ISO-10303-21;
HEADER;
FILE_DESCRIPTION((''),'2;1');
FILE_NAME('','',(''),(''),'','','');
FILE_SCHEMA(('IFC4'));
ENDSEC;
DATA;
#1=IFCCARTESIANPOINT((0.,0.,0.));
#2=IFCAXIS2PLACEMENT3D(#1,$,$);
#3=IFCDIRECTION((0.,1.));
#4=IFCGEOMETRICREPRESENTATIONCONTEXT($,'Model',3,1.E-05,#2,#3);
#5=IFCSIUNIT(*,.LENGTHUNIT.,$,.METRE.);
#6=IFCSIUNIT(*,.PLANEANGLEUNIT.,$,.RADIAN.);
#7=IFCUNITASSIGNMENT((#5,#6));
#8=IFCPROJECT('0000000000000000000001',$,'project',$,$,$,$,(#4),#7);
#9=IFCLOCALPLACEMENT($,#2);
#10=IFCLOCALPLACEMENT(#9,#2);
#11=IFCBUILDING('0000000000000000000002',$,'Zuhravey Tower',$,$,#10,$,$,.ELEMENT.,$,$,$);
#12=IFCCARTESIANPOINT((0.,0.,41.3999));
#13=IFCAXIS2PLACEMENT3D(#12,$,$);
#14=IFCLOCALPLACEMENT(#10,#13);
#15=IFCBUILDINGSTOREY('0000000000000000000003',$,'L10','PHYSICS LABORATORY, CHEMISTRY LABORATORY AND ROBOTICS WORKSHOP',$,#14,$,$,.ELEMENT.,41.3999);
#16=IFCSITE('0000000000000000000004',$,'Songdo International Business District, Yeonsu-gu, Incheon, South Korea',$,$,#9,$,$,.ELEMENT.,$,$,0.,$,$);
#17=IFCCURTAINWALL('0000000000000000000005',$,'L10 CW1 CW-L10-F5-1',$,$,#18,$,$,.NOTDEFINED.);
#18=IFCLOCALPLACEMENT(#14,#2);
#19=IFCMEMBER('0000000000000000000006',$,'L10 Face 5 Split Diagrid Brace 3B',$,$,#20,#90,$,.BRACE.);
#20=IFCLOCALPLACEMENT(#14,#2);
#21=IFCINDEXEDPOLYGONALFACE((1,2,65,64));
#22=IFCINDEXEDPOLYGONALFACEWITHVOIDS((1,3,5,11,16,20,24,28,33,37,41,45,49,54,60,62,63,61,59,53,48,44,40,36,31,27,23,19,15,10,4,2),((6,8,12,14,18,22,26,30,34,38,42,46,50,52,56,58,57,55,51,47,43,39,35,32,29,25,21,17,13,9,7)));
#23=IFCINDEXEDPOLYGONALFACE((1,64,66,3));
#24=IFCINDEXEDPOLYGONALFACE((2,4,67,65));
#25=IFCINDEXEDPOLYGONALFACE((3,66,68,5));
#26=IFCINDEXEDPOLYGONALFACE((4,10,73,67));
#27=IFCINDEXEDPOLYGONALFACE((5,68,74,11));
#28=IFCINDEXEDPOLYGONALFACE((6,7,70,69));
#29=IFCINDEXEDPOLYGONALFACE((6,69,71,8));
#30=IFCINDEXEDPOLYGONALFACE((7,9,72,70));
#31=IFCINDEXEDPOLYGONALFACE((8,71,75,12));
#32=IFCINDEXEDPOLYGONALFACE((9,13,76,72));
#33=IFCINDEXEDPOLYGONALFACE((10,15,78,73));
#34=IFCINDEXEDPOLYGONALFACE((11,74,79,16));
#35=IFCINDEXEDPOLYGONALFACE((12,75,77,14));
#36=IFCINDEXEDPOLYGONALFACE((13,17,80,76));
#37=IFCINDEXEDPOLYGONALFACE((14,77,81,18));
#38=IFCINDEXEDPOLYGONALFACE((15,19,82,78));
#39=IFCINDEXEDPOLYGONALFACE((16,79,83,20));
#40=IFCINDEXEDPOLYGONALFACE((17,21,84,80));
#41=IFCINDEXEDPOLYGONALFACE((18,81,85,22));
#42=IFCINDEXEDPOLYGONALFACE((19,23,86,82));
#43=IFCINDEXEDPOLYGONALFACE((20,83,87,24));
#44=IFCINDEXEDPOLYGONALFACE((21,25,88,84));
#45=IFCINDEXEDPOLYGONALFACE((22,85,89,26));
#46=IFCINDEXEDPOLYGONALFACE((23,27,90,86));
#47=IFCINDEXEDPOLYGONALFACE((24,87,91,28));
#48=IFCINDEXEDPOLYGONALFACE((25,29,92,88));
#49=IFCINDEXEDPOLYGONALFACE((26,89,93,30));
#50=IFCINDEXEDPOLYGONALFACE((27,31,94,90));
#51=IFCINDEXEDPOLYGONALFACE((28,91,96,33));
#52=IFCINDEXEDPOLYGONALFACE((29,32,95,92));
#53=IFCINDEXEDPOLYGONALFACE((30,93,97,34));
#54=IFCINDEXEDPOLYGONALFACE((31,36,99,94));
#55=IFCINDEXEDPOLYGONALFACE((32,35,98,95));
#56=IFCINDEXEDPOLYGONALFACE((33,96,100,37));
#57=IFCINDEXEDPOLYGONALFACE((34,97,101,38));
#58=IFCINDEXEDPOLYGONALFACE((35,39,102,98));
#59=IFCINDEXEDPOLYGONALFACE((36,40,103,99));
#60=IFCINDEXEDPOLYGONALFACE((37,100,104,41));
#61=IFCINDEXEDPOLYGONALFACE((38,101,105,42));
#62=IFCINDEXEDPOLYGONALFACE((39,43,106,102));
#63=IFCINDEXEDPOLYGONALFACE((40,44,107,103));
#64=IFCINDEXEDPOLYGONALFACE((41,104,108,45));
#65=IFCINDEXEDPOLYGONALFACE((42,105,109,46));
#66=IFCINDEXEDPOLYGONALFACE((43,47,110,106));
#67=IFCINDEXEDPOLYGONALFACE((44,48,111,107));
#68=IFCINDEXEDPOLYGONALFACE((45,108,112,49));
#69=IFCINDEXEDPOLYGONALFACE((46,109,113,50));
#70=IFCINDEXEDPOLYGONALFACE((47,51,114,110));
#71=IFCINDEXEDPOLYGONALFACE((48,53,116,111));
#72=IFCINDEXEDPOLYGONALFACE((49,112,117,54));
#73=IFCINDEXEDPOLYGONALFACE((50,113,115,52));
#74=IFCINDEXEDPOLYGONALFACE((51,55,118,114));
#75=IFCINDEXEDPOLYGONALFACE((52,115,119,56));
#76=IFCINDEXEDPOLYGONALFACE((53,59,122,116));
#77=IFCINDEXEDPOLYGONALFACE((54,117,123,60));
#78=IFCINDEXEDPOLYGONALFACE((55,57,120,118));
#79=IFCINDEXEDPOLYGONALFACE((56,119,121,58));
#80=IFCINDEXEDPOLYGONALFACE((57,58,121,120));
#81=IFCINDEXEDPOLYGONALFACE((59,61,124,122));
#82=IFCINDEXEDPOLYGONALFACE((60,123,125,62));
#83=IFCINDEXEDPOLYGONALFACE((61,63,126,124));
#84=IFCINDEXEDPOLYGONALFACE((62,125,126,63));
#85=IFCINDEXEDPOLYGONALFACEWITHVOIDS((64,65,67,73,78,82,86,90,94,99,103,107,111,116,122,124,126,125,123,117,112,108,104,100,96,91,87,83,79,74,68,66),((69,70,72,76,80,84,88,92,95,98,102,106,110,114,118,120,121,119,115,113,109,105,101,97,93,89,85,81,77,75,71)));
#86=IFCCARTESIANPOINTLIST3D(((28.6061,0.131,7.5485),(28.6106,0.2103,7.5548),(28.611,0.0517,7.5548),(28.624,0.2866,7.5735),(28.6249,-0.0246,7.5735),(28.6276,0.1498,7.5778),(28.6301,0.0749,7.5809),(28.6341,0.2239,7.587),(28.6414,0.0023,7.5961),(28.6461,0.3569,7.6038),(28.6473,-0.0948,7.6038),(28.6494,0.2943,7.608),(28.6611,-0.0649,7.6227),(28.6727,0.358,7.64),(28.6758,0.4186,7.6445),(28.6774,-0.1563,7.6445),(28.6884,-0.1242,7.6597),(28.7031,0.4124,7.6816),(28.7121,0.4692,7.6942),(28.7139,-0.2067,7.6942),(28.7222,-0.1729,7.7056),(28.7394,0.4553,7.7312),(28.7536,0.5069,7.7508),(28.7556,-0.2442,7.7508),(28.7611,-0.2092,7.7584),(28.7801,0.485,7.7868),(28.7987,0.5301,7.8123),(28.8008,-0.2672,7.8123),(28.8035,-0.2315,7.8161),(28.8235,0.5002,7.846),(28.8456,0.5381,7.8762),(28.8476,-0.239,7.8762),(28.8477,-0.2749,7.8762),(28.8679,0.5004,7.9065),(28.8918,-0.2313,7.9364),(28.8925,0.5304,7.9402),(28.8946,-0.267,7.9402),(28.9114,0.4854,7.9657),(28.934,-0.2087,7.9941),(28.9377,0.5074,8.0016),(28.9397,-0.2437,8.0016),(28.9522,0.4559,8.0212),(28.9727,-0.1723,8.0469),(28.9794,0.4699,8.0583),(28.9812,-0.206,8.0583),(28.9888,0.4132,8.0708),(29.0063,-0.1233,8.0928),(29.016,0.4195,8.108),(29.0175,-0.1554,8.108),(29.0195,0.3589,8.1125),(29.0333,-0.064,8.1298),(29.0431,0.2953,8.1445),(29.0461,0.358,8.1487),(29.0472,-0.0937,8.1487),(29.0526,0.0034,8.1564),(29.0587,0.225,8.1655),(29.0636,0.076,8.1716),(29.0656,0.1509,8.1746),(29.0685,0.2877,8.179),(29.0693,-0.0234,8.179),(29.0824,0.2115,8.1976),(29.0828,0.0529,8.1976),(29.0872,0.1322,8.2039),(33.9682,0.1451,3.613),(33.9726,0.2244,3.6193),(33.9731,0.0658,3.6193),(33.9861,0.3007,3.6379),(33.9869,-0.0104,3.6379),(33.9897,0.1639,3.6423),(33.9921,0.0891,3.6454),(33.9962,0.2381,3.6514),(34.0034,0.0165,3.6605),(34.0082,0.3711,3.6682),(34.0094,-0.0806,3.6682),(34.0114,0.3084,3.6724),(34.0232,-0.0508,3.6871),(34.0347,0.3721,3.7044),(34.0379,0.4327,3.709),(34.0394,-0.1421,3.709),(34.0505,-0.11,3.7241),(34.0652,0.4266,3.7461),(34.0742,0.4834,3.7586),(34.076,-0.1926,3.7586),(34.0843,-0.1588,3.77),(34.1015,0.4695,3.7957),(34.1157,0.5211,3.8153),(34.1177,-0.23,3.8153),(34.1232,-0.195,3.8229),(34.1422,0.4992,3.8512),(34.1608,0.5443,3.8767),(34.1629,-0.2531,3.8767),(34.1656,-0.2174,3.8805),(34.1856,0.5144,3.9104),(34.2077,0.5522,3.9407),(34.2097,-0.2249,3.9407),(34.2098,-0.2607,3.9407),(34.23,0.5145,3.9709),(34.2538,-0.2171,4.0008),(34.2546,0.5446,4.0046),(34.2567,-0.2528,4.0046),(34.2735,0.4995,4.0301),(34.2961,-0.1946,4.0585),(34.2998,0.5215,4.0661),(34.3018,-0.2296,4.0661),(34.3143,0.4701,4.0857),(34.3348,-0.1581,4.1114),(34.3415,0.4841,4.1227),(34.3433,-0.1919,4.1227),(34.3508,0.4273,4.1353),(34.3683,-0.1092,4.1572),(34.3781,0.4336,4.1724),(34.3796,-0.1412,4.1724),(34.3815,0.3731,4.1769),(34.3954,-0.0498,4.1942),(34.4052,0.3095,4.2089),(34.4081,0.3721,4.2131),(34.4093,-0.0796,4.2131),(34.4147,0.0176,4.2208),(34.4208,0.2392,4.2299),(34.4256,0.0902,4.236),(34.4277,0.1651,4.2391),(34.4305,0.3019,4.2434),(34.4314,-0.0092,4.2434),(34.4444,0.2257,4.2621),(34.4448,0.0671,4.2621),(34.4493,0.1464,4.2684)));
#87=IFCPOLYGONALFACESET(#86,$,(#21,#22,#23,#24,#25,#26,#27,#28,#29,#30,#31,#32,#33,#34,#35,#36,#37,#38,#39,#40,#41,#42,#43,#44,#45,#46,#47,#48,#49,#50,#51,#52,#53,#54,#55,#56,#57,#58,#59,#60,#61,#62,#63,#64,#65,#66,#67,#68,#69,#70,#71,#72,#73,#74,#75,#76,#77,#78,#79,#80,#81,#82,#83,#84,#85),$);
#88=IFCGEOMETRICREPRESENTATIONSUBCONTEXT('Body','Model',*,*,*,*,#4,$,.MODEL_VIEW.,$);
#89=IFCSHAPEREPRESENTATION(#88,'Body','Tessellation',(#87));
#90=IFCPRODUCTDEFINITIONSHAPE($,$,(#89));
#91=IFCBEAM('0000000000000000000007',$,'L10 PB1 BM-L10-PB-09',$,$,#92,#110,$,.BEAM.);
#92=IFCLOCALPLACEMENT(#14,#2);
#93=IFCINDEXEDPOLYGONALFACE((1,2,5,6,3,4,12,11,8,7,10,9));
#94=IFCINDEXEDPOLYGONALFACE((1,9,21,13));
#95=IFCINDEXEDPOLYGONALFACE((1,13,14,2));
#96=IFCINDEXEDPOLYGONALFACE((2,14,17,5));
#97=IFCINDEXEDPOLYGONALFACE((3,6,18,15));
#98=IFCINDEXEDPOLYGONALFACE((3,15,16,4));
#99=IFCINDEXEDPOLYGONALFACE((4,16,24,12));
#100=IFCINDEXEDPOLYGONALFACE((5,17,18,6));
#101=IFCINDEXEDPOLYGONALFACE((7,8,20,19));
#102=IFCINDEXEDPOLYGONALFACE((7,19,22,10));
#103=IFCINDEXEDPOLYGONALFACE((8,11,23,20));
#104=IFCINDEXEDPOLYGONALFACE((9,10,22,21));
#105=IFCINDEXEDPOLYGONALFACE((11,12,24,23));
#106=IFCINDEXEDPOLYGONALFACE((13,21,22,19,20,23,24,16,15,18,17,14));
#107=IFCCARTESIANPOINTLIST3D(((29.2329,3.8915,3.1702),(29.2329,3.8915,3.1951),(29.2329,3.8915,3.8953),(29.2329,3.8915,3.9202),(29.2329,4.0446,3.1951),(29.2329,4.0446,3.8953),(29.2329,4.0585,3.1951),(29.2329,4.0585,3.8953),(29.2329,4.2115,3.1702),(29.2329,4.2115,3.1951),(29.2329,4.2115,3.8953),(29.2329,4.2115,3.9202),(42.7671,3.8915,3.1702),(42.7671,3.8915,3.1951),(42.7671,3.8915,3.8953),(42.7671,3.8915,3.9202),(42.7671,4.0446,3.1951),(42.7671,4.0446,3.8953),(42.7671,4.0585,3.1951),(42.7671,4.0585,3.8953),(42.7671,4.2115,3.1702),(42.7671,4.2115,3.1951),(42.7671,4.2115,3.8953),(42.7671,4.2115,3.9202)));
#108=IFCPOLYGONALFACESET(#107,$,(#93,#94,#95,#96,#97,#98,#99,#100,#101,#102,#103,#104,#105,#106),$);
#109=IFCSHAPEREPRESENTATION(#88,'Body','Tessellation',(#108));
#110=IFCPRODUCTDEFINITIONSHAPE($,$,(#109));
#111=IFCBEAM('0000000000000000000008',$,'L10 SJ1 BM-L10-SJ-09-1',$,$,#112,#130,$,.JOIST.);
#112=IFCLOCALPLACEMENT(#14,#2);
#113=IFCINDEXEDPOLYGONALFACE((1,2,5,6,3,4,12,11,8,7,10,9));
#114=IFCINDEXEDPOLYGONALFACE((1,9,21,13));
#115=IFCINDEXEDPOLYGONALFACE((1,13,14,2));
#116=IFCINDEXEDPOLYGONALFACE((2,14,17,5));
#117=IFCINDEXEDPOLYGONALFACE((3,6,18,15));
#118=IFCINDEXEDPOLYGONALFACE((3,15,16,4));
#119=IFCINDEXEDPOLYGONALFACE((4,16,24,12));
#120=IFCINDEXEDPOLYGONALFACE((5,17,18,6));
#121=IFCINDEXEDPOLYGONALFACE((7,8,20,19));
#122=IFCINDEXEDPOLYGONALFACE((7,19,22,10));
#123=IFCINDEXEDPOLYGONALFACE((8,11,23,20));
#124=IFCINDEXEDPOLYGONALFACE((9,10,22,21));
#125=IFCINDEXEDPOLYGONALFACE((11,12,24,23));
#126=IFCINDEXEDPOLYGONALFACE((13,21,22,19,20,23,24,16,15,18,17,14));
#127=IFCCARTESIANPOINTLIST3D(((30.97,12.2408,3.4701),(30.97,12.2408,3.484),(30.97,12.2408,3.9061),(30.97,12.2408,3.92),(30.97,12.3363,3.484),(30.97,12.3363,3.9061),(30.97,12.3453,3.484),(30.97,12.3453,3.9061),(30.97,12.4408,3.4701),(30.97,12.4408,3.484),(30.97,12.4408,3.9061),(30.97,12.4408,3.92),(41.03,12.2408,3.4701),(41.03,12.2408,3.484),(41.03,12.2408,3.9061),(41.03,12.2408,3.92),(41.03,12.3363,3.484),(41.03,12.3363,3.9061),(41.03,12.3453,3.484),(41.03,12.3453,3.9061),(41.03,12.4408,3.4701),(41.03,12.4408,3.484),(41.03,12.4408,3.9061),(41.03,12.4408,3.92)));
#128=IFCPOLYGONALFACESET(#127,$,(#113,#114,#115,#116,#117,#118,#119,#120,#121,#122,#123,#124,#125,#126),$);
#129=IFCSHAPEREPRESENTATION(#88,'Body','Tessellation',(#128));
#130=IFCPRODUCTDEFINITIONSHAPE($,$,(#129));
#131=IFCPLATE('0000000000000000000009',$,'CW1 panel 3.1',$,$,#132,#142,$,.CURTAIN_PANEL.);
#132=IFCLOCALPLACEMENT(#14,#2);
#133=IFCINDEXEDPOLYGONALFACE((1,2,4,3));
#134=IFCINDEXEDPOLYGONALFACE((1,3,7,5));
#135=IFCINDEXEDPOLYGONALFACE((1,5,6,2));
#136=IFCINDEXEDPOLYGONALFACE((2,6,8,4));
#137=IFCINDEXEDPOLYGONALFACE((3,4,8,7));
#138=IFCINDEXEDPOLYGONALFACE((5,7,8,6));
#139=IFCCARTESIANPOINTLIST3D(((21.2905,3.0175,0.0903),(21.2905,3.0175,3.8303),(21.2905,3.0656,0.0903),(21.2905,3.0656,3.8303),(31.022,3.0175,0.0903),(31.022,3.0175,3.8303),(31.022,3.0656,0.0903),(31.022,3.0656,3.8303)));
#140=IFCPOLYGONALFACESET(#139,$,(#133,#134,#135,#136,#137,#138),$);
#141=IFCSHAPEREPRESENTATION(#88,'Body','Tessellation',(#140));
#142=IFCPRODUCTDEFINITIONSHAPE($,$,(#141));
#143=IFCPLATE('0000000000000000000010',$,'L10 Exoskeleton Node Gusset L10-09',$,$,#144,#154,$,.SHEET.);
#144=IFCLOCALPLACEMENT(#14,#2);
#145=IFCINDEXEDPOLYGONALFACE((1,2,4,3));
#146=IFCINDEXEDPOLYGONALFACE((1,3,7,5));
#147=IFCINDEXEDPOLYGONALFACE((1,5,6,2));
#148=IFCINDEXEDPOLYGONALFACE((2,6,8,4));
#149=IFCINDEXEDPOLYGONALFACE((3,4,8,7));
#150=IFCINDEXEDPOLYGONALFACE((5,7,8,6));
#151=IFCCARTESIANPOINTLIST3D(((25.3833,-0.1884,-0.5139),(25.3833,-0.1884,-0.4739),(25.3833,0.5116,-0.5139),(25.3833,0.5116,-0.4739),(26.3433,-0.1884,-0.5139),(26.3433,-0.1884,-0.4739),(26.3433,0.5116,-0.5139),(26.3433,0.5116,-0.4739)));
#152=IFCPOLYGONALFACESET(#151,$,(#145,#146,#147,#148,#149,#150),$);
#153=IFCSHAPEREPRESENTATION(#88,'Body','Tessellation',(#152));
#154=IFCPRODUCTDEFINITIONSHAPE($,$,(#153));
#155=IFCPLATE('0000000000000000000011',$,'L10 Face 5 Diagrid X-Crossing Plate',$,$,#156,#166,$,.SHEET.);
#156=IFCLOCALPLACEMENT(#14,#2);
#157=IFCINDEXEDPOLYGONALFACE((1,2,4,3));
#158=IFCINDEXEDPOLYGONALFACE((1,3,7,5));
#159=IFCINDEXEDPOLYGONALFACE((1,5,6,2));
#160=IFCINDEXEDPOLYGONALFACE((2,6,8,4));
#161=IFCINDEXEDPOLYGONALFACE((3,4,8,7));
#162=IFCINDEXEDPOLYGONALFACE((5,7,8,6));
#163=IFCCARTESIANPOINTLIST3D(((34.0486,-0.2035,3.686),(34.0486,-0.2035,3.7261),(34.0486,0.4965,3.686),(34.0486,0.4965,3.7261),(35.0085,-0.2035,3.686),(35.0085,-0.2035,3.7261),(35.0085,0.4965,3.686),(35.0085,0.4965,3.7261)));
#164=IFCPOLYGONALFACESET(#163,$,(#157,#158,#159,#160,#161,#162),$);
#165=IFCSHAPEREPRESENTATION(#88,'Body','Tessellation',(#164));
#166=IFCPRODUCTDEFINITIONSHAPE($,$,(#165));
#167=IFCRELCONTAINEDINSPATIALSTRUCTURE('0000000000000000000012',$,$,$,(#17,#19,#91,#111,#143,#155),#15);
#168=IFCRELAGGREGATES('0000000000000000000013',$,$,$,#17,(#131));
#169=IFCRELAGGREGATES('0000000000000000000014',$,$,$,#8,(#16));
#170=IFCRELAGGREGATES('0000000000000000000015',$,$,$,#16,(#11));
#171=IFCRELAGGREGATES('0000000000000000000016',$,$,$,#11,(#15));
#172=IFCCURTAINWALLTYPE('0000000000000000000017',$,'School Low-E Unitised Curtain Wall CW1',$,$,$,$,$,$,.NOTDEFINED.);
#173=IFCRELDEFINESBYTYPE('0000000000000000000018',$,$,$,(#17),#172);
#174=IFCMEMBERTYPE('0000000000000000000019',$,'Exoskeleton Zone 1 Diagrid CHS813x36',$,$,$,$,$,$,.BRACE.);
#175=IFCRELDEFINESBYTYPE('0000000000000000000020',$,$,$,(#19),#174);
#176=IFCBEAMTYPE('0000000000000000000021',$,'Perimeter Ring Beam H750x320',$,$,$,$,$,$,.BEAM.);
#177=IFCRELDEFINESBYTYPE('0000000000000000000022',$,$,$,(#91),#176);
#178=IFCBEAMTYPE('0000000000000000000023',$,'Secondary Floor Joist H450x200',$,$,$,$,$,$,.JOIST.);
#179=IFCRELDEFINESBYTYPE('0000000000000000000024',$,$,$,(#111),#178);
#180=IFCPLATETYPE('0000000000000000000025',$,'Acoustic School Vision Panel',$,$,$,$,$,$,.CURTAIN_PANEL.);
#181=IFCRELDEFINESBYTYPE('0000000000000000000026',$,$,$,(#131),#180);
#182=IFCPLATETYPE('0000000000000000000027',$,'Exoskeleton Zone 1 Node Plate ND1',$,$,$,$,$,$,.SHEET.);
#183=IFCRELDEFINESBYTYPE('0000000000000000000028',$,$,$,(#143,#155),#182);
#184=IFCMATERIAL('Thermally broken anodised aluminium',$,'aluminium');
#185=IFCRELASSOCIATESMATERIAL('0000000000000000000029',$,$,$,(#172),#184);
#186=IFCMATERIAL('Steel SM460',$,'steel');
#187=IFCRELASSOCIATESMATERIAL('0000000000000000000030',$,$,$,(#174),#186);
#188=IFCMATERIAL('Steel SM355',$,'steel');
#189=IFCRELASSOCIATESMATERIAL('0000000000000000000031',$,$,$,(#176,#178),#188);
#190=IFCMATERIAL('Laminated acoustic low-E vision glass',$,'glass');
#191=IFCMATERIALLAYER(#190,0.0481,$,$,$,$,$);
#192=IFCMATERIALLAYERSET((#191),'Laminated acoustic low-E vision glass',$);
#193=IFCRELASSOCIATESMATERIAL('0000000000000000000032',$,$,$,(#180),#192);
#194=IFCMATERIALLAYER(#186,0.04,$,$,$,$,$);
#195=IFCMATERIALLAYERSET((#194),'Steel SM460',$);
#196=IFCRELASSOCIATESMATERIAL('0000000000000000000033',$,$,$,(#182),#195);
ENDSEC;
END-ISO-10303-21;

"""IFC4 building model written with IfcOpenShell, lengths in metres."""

from ifc_helpers import new_model, si_unit, direction, frame, origin, origin_2d, place, context, subcontext, project, spatial, rectangle, hollow_circle, i_section, extrude, material, layer, layer_set, material_profile, profile_set, type_object, element, aggregate, save


model = new_model("IFC4")

# Units and contexts
model_context = context("Model", 3, precision=1e-05, world=origin(), true_north=direction((0.0, 1.0)))
body_context = subcontext(model_context, "Body", "Model", "MODEL_VIEW")
ifc_project = project(units=[si_unit("LENGTHUNIT", "METRE"), si_unit("PLANEANGLEUNIT", "RADIAN")], contexts=[model_context])

# Site, building, storey
site_placement = place(None, origin())
site = spatial("IfcSite", under=ifc_project, at=site_placement, Name="Songdo International Business District, Yeonsu-gu, Incheon, South Korea", CompositionType="ELEMENT", RefElevation=0.0)
building_placement = place(site_placement, origin())
building = spatial("IfcBuilding", under=site, at=building_placement, Name="Zuhravey Tower", CompositionType="ELEMENT")
storey_placement = place(building_placement, frame((0.0, 0.0, 41.3999)))
storey = spatial("IfcBuildingStorey", under=building, at=storey_placement, Name="L10", Description="PHYSICS LABORATORY, CHEMISTRY LABORATORY AND ROBOTICS WORKSHOP", CompositionType="ELEMENT", Elevation=41.3999)

# Curtain wall
ifc_material_1 = material(Name="Thermally broken anodised aluminium", Category="aluminium")
curtain_wall_type = type_object("IfcCurtainWallType", Name="School Low-E Unitised Curtain Wall CW1", PredefinedType="NOTDEFINED", material=ifc_material_1)
curtain_wall_placement = place(storey_placement, origin())
curtain_wall = element("IfcCurtainWall", 1, at=curtain_wall_placement, inside=storey, type_object=curtain_wall_type, Name="L10 CW1 CW-L10-F5-1", PredefinedType="NOTDEFINED")

# Member
ifc_material_2 = material(Name="Steel SM355", Category="steel")
ifc_material_3 = material(Name="Steel SM460", Category="steel")
ifc_material_profile_1 = material_profile(ifc_material_3, hollow_circle(Radius=0.4065, WallThickness=0.0359, at=origin_2d()), Name="CHS-812.8x36")
ifc_profile_set_1 = profile_set([ifc_material_profile_1], Name="Steel SM460")
member_type_1 = type_object("IfcMemberType", Name="Exoskeleton Zone 1 Diagrid CHS813x36", PredefinedType="BRACE", material=ifc_profile_set_1)
member_1_placement = place(storey_placement, frame((34.2087, 0.1458, 3.9407), z_axis=(-0.806162, -0.002129, 0.591692), x_axis=(0.002641, -0.999997, 0.0)))
element("IfcMember", 2, at=member_1_placement, inside=storey, type_object=member_type_1, Name="L10 Face 5 Split Diagrid Brace 3B", PredefinedType="BRACE", context=body_context, shape_type="SweptSolid", body=[
    extrude(hollow_circle(Radius=0.4065, WallThickness=0.0359, at=origin_2d()), origin(), (0.0, 0.0, 1.0), 6.6514),
])

# Beams
ifc_material_profile_2 = material_profile(ifc_material_2, i_section(OverallWidth=0.3201, OverallDepth=0.75, WebThickness=0.0139, FlangeThickness=0.0249, at=origin_2d()), Name="H-750x320x14x25")
ifc_profile_set_2 = profile_set([ifc_material_profile_2], Name="Steel SM355")
beam_type_1 = type_object("IfcBeamType", Name="Perimeter Ring Beam H750x320", PredefinedType="BEAM", material=ifc_profile_set_2)
beam_1_placement = place(storey_placement, frame((29.2329, 4.0515, 3.5452), z_axis=(1.0, 0.0, 0.0), x_axis=(0.0, 1.0, 0.0)))
element("IfcBeam", 3, at=beam_1_placement, inside=storey, type_object=beam_type_1, Name="L10 PB1 BM-L10-PB-09", PredefinedType="BEAM", context=body_context, shape_type="SweptSolid", body=[
    extrude(i_section(OverallWidth=0.3201, OverallDepth=0.75, WebThickness=0.0139, FlangeThickness=0.0249, at=origin_2d()), origin(), (0.0, 0.0, 1.0), 13.5342),
])
ifc_material_profile_3 = material_profile(ifc_material_2, i_section(OverallWidth=0.2, OverallDepth=0.45, WebThickness=0.009, FlangeThickness=0.0139, at=origin_2d()), Name="H-450x200x9x14")
ifc_profile_set_3 = profile_set([ifc_material_profile_3], Name="Steel SM355")
beam_type_2 = type_object("IfcBeamType", Name="Secondary Floor Joist H450x200", PredefinedType="JOIST", material=ifc_profile_set_3)
beam_2_placement = place(storey_placement, frame((30.97, 12.3408, 3.6951), z_axis=(1.0, 0.0, 0.0), x_axis=(0.0, 1.0, 0.0)))
element("IfcBeam", 4, at=beam_2_placement, inside=storey, type_object=beam_type_2, Name="L10 SJ1 BM-L10-SJ-09-1", PredefinedType="JOIST", context=body_context, shape_type="SweptSolid", body=[
    extrude(i_section(OverallWidth=0.2, OverallDepth=0.45, WebThickness=0.009, FlangeThickness=0.0139, at=origin_2d()), origin(), (0.0, 0.0, 1.0), 10.0601),
])

# Plate
ifc_material_4 = material(Name="Laminated acoustic low-E vision glass", Category="glass")
ifc_layer_1 = layer(ifc_material_4, 0.0481)
ifc_layer_set_1 = layer_set([ifc_layer_1], Name="Laminated acoustic low-E vision glass")
plate_type_1 = type_object("IfcPlateType", Name="Acoustic School Vision Panel", PredefinedType="CURTAIN_PANEL", material=ifc_layer_set_1)
plate_placement = place(storey_placement, frame((26.1562, 3.0415, 0.0903), z_axis=(0.0, 0.0, 1.0), x_axis=(-1.0, 0.0, 0.0)))
plate = element("IfcPlate", 5, at=plate_placement, type_object=plate_type_1, Name="CW1 panel 3.1", PredefinedType="CURTAIN_PANEL", context=body_context, shape_type="SweptSolid", body=[
    extrude(rectangle(XDim=9.7314, YDim=0.0481, at=origin_2d()), origin(), (0.0, 0.0, 1.0), 3.74),
])
aggregate(curtain_wall, [plate])

# Plates
ifc_layer_2 = layer(ifc_material_3, 0.04)
ifc_layer_set_2 = layer_set([ifc_layer_2], Name="Steel SM460")
plate_type_2 = type_object("IfcPlateType", Name="Exoskeleton Zone 1 Node Plate ND1", PredefinedType="SHEET", material=ifc_layer_set_2)
for number, where, z_axis, x_axis, name in (
    (6, (25.8633, 0.1616, -0.5139), (0.0, 0.0, 1.0), (1.0, 0.0, 0.0), "L10 Exoskeleton Node Gusset L10-09"),
    (7, (34.5286, 0.1465, 3.686), (0.0, 0.0, 1.0), (1.0, 0.0, 0.0), "L10 Face 5 Diagrid X-Crossing Plate"),
):
    element("IfcPlate", number, at=place(storey_placement, frame(where, z_axis=z_axis, x_axis=x_axis)), inside=storey, type_object=plate_type_2, Name=name, PredefinedType="SHEET", context=body_context, shape_type="SweptSolid", body=[
        extrude(rectangle(XDim=0.96, YDim=0.7, at=origin_2d()), origin(), (0.0, 0.0, 1.0), 0.04),
    ])

save(model, "model.ifc")
